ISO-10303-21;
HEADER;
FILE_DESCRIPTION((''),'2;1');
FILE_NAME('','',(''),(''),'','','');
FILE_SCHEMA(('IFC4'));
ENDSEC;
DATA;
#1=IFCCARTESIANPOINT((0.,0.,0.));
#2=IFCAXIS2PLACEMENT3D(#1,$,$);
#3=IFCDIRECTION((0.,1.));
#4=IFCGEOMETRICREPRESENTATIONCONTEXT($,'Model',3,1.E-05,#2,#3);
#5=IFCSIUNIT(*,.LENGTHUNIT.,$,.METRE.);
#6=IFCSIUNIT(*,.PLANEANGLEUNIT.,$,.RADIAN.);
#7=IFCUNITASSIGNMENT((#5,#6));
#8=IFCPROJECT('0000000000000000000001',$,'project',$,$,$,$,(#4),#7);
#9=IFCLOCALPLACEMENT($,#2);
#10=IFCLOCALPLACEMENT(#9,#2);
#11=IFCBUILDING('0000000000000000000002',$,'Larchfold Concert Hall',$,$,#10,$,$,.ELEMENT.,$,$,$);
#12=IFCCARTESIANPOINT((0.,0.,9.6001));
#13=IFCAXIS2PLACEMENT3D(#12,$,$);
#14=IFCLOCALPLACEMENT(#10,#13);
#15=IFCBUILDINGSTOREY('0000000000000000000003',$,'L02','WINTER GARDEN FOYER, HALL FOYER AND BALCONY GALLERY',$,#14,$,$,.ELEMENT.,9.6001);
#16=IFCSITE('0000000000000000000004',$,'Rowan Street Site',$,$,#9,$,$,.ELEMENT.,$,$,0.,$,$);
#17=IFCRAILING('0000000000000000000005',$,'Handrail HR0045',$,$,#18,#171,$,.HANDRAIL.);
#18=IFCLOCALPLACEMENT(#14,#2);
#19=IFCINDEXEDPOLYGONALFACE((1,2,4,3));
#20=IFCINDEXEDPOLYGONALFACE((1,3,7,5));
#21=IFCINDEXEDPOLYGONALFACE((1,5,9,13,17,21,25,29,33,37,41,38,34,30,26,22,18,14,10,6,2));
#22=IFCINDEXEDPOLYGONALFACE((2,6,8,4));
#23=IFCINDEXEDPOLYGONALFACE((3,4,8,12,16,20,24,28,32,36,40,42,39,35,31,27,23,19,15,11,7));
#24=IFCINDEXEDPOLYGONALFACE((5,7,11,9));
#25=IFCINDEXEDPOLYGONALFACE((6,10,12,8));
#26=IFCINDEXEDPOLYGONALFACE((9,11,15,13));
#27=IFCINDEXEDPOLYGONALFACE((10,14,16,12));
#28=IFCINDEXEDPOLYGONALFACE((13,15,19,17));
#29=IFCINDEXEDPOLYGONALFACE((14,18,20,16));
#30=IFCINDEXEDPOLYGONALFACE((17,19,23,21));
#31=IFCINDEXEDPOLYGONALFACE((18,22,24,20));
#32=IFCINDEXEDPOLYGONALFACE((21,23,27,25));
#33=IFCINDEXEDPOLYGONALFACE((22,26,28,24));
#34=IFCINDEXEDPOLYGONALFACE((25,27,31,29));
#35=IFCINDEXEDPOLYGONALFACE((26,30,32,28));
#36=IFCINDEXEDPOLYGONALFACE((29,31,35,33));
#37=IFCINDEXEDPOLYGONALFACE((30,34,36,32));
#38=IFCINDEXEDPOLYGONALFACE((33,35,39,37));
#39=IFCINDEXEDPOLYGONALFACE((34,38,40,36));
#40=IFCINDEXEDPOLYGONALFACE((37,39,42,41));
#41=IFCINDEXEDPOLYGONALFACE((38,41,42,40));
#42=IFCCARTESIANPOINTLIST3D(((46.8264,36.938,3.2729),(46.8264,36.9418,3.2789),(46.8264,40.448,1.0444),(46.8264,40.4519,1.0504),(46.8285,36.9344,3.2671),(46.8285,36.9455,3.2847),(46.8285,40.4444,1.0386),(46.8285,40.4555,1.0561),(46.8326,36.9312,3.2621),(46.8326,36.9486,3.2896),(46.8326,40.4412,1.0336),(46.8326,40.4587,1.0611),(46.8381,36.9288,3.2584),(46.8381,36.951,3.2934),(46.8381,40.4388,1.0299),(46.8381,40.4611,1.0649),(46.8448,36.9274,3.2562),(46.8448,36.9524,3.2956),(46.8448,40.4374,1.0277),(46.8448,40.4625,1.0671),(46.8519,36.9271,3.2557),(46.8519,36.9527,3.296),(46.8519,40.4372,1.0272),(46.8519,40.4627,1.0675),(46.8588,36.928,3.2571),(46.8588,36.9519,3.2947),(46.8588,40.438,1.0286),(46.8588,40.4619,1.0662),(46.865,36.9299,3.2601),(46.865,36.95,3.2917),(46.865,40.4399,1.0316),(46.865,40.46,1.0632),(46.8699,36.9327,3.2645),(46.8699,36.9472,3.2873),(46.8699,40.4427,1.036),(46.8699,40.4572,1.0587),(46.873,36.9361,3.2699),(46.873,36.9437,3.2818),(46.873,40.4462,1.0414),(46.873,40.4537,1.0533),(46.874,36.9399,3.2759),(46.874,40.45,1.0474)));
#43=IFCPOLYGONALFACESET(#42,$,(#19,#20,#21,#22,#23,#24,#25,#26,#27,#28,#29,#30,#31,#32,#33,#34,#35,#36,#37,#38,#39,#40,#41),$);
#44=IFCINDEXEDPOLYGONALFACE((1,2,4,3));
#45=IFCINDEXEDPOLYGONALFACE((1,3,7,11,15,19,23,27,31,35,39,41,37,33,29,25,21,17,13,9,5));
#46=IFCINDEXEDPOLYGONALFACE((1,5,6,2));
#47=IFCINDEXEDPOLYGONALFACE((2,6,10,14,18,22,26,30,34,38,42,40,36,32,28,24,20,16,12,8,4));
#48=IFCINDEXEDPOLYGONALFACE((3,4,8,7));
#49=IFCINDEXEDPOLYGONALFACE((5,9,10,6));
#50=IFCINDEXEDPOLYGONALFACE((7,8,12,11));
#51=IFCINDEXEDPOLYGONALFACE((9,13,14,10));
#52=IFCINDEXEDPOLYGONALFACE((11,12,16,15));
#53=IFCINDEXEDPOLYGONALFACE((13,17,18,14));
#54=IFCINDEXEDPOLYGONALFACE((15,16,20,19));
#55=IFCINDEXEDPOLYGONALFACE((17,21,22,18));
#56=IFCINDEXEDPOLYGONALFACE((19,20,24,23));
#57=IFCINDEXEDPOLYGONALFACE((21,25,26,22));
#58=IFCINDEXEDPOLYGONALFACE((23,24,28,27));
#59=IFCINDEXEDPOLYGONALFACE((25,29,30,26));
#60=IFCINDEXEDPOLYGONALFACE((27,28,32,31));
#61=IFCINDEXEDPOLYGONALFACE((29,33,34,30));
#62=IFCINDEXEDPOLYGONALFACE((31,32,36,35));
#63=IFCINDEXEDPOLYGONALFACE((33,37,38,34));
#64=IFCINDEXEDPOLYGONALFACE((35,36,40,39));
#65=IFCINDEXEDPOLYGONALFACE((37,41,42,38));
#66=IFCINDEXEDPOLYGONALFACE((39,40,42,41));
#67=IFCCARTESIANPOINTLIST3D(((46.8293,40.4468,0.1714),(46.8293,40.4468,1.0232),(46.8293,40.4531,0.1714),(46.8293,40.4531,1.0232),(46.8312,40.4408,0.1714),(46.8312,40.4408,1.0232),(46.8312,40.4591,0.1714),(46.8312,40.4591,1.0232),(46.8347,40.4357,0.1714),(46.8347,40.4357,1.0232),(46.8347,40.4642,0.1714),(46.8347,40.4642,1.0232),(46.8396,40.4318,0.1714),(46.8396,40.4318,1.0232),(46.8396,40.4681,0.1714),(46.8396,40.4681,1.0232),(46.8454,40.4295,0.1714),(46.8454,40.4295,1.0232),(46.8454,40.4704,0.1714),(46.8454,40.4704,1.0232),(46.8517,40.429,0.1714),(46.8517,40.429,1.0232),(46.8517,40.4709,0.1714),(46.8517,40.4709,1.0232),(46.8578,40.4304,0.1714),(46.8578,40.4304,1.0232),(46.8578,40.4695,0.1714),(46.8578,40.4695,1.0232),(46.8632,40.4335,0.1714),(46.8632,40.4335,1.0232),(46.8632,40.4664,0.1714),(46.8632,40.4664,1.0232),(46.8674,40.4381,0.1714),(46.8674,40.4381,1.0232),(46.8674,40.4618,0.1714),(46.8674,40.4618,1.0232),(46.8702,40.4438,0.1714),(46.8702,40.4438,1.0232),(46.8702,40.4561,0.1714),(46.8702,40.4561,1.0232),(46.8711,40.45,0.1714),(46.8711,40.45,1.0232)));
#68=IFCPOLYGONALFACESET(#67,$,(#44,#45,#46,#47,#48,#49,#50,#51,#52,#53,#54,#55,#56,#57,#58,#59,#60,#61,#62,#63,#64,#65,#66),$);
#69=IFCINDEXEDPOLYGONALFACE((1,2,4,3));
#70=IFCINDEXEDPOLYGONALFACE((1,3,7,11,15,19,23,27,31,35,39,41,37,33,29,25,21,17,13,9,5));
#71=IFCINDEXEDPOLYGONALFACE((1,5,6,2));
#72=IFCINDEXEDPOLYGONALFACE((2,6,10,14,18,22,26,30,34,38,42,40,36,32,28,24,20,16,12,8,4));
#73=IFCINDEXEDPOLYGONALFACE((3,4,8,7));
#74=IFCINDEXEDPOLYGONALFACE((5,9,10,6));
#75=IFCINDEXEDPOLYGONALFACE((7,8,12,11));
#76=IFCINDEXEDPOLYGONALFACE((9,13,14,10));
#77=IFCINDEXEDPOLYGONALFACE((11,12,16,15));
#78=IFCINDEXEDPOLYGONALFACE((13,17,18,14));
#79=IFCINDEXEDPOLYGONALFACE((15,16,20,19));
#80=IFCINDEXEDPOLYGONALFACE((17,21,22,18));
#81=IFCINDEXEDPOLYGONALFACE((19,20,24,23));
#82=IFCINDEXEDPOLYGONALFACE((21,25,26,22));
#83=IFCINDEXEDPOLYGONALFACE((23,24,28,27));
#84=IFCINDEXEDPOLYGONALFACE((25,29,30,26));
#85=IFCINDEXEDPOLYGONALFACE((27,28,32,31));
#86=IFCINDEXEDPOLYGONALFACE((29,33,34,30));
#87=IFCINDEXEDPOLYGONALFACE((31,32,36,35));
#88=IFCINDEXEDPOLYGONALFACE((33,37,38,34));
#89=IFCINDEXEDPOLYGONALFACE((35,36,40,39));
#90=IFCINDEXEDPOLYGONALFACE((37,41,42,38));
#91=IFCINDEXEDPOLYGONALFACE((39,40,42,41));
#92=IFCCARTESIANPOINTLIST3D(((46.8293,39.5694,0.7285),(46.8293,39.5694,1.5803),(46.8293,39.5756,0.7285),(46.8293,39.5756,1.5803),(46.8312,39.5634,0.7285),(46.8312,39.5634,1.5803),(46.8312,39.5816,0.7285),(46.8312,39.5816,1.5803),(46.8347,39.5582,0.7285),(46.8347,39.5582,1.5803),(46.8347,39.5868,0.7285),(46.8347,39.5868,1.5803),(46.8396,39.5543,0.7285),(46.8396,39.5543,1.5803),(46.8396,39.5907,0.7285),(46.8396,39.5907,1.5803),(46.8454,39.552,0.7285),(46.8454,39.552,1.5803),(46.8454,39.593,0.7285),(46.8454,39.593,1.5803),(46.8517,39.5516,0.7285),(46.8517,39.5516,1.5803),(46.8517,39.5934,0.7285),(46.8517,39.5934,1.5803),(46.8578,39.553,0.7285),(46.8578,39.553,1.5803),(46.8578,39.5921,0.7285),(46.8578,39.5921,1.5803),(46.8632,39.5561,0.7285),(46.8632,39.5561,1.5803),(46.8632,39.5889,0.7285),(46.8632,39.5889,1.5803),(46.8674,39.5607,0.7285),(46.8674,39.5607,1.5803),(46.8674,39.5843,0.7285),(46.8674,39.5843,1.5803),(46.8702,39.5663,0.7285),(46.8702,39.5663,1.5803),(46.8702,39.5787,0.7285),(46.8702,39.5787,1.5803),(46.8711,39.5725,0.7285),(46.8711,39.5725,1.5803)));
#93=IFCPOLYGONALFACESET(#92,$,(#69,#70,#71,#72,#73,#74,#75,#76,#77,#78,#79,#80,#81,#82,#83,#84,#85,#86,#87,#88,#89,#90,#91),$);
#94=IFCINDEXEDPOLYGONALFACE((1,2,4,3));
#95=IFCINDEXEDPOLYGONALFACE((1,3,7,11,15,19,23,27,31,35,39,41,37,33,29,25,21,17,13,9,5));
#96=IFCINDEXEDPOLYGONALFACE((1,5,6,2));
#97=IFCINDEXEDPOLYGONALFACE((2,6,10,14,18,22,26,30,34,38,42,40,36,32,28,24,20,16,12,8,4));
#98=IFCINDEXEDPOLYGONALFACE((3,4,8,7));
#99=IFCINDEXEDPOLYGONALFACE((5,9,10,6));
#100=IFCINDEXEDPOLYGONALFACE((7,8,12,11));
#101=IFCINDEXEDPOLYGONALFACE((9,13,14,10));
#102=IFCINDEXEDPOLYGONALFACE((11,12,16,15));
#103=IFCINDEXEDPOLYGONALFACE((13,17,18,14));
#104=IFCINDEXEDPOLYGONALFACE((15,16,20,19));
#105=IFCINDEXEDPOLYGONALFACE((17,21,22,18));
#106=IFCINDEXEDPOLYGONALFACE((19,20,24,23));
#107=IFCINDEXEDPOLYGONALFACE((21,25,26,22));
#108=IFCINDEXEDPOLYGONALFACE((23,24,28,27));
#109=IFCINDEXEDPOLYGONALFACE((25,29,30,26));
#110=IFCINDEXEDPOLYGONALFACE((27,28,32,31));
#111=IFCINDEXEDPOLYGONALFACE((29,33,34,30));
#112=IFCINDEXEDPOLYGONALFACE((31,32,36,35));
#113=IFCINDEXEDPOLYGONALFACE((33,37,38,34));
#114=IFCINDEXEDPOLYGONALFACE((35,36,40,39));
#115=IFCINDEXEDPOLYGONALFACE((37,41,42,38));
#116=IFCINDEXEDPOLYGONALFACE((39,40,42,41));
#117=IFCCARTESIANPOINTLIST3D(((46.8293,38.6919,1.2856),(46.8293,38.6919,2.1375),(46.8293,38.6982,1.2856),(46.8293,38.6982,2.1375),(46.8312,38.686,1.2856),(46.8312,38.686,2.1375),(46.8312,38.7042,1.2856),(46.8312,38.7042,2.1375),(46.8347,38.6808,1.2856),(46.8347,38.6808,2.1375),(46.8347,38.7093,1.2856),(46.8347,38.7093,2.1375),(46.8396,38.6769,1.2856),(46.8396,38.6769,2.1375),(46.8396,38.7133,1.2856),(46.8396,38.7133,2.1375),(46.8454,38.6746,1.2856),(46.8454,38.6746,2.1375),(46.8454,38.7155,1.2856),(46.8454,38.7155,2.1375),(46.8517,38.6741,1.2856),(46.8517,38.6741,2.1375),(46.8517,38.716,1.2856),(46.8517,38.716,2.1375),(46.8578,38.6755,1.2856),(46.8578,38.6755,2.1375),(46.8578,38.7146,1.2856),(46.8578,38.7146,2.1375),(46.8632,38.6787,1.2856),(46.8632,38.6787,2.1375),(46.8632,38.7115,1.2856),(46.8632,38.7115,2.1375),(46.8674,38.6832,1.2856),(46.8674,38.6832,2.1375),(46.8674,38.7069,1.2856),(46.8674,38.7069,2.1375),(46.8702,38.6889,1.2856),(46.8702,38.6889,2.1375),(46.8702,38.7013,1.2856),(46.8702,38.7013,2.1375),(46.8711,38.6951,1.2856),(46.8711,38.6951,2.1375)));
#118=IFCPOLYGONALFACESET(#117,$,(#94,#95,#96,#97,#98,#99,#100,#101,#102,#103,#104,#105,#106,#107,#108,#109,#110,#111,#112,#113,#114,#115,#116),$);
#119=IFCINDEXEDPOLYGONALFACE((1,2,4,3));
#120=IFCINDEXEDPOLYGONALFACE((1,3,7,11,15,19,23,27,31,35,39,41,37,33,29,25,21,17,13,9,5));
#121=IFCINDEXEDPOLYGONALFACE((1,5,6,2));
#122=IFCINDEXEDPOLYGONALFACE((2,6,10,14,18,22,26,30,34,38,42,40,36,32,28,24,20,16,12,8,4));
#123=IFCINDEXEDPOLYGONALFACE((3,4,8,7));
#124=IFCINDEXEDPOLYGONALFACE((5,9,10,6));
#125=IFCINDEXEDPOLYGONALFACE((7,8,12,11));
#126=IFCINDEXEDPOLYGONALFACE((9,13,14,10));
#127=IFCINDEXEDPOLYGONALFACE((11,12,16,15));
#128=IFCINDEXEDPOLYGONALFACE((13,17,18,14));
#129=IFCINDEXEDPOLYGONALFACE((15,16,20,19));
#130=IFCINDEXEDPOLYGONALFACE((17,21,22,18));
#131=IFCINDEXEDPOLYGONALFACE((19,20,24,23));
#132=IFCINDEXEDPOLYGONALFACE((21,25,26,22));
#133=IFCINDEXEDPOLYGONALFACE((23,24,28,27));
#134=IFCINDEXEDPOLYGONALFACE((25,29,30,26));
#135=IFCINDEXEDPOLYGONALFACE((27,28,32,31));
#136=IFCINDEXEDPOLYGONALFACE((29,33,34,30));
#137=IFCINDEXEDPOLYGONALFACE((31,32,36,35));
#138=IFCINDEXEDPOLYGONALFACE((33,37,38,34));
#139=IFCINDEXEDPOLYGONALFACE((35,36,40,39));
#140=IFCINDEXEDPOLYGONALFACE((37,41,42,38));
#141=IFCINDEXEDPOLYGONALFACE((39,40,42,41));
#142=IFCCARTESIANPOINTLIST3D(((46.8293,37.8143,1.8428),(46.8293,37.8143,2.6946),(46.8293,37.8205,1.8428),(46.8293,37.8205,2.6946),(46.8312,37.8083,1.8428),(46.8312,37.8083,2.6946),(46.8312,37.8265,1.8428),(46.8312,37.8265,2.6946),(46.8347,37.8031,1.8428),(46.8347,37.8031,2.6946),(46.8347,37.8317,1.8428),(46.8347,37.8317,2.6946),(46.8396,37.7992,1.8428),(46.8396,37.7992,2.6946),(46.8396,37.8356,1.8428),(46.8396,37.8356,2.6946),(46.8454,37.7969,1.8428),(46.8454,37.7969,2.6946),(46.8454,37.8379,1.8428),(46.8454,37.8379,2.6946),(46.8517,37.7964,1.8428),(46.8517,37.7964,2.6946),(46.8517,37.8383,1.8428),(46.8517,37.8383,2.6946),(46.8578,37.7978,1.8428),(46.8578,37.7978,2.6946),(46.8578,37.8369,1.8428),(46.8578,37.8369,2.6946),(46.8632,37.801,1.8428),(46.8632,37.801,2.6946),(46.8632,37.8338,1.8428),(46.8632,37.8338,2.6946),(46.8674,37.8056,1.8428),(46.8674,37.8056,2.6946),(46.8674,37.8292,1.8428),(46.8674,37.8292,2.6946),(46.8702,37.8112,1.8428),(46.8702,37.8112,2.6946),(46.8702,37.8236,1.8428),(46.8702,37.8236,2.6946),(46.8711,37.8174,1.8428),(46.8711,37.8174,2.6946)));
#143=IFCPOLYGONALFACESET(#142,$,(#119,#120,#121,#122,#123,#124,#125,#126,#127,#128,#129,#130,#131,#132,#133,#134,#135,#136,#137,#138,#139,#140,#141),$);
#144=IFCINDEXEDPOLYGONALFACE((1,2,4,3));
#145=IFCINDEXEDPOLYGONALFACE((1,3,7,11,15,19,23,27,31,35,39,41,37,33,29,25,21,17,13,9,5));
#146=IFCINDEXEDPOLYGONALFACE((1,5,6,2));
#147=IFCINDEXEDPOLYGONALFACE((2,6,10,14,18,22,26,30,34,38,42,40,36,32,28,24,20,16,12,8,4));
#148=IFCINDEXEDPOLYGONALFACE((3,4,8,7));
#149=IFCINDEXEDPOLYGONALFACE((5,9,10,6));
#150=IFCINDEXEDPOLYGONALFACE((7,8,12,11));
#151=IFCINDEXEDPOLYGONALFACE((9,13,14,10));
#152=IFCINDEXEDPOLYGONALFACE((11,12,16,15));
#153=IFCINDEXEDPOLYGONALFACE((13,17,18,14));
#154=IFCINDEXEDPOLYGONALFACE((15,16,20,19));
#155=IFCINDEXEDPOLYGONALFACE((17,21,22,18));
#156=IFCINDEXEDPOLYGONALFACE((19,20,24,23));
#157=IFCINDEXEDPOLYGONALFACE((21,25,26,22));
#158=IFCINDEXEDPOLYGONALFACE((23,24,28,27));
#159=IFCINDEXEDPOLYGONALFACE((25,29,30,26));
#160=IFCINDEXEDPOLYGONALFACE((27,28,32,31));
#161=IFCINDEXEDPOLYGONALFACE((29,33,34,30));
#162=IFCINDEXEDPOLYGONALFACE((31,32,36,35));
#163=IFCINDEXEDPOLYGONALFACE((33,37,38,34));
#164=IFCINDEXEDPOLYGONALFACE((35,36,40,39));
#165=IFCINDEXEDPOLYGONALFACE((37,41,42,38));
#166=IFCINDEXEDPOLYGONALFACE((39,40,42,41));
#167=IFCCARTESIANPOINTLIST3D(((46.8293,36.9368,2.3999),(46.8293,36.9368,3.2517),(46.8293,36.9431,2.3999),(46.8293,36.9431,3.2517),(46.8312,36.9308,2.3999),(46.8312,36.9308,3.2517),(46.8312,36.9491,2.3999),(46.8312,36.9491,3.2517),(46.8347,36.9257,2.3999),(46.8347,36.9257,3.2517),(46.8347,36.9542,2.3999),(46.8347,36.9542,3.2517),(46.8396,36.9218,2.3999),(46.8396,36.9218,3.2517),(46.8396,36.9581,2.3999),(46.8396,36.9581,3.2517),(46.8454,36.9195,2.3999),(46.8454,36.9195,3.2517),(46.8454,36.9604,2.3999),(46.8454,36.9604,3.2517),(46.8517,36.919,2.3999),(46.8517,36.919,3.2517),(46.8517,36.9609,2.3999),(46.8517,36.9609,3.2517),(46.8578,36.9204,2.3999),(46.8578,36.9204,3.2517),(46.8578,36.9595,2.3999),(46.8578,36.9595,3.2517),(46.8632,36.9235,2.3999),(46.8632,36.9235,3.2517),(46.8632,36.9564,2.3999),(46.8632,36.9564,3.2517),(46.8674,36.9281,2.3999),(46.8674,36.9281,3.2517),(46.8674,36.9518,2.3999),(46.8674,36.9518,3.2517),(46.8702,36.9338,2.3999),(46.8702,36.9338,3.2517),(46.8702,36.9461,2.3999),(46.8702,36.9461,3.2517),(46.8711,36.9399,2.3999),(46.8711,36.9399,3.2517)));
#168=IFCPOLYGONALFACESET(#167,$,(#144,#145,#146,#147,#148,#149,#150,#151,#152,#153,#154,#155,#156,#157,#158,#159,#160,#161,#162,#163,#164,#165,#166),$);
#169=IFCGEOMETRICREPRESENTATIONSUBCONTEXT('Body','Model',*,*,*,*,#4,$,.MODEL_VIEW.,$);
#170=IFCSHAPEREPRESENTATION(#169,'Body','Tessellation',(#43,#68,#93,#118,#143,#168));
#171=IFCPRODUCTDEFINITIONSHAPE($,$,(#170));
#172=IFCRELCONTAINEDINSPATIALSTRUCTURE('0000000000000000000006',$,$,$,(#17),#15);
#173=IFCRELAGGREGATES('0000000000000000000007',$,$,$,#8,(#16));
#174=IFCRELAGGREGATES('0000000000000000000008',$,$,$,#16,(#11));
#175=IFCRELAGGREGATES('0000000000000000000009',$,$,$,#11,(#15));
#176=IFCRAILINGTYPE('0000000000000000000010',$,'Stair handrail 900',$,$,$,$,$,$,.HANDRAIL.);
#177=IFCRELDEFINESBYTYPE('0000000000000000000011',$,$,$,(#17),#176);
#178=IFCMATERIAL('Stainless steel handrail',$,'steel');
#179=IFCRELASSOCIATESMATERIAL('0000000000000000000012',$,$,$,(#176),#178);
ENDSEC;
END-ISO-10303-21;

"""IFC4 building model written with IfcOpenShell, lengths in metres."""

from ifc_helpers import new_model, si_unit, direction, frame, origin, origin_2d, place, context, subcontext, project, spatial, circle, extrude, material, type_object, element, save


model = new_model("IFC4")

# Units and contexts
model_context = context("Model", 3, precision=1e-05, world=origin(), true_north=direction((0.0, 1.0)))
body_context = subcontext(model_context, "Body", "Model", "MODEL_VIEW")
ifc_project = project(units=[si_unit("LENGTHUNIT", "METRE"), si_unit("PLANEANGLEUNIT", "RADIAN")], contexts=[model_context])

# Site, building, storey
site_placement = place(None, origin())
site = spatial("IfcSite", under=ifc_project, at=site_placement, Name="Rowan Street Site", CompositionType="ELEMENT", RefElevation=0.0)
building_placement = place(site_placement, origin())
building = spatial("IfcBuilding", under=site, at=building_placement, Name="Larchfold Concert Hall", CompositionType="ELEMENT")
storey_placement = place(building_placement, frame((0.0, 0.0, 9.6001)))
storey = spatial("IfcBuildingStorey", under=building, at=storey_placement, Name="L02", Description="WINTER GARDEN FOYER, HALL FOYER AND BALCONY GALLERY", CompositionType="ELEMENT", Elevation=9.6001)

# Railing
ifc_material_1 = material(Name="Stainless steel handrail", Category="steel")
railing_type_1 = type_object("IfcRailingType", Name="Stair handrail 900", PredefinedType="HANDRAIL", material=ifc_material_1)
railing_1_placement = place(storey_placement, frame((46.8501, 40.45, 0.1714)))
element("IfcRailing", 1, at=railing_1_placement, inside=storey, type_object=railing_type_1, Name="Handrail HR0045", PredefinedType="HANDRAIL", context=body_context, shape_type="SweptSolid", body=[
    extrude(circle(Radius=0.0239, at=origin_2d()), frame((0.0, 0.0, 0.876), z_axis=(0.0, -0.84422, 0.535998), x_axis=(1.0, 0.0, 0.0)), (0.0, 0.0, 1.0), 4.1577),
    extrude(circle(Radius=0.021, at=origin_2d()), origin(), (0.0, 0.0, 1.0), 0.8518),
    extrude(circle(Radius=0.021, at=origin_2d()), frame((0.0, -0.8774, 0.5571)), (0.0, 0.0, 1.0), 0.8518),
    extrude(circle(Radius=0.021, at=origin_2d()), frame((0.0, -1.7549, 1.1143)), (0.0, 0.0, 1.0), 0.8518),
    extrude(circle(Radius=0.021, at=origin_2d()), frame((0.0, -2.6326, 1.6714)), (0.0, 0.0, 1.0), 0.8518),
    extrude(circle(Radius=0.021, at=origin_2d()), frame((0.0, -3.51, 2.2285)), (0.0, 0.0, 1.0), 0.8518),
])

save(model, "model.ifc")
